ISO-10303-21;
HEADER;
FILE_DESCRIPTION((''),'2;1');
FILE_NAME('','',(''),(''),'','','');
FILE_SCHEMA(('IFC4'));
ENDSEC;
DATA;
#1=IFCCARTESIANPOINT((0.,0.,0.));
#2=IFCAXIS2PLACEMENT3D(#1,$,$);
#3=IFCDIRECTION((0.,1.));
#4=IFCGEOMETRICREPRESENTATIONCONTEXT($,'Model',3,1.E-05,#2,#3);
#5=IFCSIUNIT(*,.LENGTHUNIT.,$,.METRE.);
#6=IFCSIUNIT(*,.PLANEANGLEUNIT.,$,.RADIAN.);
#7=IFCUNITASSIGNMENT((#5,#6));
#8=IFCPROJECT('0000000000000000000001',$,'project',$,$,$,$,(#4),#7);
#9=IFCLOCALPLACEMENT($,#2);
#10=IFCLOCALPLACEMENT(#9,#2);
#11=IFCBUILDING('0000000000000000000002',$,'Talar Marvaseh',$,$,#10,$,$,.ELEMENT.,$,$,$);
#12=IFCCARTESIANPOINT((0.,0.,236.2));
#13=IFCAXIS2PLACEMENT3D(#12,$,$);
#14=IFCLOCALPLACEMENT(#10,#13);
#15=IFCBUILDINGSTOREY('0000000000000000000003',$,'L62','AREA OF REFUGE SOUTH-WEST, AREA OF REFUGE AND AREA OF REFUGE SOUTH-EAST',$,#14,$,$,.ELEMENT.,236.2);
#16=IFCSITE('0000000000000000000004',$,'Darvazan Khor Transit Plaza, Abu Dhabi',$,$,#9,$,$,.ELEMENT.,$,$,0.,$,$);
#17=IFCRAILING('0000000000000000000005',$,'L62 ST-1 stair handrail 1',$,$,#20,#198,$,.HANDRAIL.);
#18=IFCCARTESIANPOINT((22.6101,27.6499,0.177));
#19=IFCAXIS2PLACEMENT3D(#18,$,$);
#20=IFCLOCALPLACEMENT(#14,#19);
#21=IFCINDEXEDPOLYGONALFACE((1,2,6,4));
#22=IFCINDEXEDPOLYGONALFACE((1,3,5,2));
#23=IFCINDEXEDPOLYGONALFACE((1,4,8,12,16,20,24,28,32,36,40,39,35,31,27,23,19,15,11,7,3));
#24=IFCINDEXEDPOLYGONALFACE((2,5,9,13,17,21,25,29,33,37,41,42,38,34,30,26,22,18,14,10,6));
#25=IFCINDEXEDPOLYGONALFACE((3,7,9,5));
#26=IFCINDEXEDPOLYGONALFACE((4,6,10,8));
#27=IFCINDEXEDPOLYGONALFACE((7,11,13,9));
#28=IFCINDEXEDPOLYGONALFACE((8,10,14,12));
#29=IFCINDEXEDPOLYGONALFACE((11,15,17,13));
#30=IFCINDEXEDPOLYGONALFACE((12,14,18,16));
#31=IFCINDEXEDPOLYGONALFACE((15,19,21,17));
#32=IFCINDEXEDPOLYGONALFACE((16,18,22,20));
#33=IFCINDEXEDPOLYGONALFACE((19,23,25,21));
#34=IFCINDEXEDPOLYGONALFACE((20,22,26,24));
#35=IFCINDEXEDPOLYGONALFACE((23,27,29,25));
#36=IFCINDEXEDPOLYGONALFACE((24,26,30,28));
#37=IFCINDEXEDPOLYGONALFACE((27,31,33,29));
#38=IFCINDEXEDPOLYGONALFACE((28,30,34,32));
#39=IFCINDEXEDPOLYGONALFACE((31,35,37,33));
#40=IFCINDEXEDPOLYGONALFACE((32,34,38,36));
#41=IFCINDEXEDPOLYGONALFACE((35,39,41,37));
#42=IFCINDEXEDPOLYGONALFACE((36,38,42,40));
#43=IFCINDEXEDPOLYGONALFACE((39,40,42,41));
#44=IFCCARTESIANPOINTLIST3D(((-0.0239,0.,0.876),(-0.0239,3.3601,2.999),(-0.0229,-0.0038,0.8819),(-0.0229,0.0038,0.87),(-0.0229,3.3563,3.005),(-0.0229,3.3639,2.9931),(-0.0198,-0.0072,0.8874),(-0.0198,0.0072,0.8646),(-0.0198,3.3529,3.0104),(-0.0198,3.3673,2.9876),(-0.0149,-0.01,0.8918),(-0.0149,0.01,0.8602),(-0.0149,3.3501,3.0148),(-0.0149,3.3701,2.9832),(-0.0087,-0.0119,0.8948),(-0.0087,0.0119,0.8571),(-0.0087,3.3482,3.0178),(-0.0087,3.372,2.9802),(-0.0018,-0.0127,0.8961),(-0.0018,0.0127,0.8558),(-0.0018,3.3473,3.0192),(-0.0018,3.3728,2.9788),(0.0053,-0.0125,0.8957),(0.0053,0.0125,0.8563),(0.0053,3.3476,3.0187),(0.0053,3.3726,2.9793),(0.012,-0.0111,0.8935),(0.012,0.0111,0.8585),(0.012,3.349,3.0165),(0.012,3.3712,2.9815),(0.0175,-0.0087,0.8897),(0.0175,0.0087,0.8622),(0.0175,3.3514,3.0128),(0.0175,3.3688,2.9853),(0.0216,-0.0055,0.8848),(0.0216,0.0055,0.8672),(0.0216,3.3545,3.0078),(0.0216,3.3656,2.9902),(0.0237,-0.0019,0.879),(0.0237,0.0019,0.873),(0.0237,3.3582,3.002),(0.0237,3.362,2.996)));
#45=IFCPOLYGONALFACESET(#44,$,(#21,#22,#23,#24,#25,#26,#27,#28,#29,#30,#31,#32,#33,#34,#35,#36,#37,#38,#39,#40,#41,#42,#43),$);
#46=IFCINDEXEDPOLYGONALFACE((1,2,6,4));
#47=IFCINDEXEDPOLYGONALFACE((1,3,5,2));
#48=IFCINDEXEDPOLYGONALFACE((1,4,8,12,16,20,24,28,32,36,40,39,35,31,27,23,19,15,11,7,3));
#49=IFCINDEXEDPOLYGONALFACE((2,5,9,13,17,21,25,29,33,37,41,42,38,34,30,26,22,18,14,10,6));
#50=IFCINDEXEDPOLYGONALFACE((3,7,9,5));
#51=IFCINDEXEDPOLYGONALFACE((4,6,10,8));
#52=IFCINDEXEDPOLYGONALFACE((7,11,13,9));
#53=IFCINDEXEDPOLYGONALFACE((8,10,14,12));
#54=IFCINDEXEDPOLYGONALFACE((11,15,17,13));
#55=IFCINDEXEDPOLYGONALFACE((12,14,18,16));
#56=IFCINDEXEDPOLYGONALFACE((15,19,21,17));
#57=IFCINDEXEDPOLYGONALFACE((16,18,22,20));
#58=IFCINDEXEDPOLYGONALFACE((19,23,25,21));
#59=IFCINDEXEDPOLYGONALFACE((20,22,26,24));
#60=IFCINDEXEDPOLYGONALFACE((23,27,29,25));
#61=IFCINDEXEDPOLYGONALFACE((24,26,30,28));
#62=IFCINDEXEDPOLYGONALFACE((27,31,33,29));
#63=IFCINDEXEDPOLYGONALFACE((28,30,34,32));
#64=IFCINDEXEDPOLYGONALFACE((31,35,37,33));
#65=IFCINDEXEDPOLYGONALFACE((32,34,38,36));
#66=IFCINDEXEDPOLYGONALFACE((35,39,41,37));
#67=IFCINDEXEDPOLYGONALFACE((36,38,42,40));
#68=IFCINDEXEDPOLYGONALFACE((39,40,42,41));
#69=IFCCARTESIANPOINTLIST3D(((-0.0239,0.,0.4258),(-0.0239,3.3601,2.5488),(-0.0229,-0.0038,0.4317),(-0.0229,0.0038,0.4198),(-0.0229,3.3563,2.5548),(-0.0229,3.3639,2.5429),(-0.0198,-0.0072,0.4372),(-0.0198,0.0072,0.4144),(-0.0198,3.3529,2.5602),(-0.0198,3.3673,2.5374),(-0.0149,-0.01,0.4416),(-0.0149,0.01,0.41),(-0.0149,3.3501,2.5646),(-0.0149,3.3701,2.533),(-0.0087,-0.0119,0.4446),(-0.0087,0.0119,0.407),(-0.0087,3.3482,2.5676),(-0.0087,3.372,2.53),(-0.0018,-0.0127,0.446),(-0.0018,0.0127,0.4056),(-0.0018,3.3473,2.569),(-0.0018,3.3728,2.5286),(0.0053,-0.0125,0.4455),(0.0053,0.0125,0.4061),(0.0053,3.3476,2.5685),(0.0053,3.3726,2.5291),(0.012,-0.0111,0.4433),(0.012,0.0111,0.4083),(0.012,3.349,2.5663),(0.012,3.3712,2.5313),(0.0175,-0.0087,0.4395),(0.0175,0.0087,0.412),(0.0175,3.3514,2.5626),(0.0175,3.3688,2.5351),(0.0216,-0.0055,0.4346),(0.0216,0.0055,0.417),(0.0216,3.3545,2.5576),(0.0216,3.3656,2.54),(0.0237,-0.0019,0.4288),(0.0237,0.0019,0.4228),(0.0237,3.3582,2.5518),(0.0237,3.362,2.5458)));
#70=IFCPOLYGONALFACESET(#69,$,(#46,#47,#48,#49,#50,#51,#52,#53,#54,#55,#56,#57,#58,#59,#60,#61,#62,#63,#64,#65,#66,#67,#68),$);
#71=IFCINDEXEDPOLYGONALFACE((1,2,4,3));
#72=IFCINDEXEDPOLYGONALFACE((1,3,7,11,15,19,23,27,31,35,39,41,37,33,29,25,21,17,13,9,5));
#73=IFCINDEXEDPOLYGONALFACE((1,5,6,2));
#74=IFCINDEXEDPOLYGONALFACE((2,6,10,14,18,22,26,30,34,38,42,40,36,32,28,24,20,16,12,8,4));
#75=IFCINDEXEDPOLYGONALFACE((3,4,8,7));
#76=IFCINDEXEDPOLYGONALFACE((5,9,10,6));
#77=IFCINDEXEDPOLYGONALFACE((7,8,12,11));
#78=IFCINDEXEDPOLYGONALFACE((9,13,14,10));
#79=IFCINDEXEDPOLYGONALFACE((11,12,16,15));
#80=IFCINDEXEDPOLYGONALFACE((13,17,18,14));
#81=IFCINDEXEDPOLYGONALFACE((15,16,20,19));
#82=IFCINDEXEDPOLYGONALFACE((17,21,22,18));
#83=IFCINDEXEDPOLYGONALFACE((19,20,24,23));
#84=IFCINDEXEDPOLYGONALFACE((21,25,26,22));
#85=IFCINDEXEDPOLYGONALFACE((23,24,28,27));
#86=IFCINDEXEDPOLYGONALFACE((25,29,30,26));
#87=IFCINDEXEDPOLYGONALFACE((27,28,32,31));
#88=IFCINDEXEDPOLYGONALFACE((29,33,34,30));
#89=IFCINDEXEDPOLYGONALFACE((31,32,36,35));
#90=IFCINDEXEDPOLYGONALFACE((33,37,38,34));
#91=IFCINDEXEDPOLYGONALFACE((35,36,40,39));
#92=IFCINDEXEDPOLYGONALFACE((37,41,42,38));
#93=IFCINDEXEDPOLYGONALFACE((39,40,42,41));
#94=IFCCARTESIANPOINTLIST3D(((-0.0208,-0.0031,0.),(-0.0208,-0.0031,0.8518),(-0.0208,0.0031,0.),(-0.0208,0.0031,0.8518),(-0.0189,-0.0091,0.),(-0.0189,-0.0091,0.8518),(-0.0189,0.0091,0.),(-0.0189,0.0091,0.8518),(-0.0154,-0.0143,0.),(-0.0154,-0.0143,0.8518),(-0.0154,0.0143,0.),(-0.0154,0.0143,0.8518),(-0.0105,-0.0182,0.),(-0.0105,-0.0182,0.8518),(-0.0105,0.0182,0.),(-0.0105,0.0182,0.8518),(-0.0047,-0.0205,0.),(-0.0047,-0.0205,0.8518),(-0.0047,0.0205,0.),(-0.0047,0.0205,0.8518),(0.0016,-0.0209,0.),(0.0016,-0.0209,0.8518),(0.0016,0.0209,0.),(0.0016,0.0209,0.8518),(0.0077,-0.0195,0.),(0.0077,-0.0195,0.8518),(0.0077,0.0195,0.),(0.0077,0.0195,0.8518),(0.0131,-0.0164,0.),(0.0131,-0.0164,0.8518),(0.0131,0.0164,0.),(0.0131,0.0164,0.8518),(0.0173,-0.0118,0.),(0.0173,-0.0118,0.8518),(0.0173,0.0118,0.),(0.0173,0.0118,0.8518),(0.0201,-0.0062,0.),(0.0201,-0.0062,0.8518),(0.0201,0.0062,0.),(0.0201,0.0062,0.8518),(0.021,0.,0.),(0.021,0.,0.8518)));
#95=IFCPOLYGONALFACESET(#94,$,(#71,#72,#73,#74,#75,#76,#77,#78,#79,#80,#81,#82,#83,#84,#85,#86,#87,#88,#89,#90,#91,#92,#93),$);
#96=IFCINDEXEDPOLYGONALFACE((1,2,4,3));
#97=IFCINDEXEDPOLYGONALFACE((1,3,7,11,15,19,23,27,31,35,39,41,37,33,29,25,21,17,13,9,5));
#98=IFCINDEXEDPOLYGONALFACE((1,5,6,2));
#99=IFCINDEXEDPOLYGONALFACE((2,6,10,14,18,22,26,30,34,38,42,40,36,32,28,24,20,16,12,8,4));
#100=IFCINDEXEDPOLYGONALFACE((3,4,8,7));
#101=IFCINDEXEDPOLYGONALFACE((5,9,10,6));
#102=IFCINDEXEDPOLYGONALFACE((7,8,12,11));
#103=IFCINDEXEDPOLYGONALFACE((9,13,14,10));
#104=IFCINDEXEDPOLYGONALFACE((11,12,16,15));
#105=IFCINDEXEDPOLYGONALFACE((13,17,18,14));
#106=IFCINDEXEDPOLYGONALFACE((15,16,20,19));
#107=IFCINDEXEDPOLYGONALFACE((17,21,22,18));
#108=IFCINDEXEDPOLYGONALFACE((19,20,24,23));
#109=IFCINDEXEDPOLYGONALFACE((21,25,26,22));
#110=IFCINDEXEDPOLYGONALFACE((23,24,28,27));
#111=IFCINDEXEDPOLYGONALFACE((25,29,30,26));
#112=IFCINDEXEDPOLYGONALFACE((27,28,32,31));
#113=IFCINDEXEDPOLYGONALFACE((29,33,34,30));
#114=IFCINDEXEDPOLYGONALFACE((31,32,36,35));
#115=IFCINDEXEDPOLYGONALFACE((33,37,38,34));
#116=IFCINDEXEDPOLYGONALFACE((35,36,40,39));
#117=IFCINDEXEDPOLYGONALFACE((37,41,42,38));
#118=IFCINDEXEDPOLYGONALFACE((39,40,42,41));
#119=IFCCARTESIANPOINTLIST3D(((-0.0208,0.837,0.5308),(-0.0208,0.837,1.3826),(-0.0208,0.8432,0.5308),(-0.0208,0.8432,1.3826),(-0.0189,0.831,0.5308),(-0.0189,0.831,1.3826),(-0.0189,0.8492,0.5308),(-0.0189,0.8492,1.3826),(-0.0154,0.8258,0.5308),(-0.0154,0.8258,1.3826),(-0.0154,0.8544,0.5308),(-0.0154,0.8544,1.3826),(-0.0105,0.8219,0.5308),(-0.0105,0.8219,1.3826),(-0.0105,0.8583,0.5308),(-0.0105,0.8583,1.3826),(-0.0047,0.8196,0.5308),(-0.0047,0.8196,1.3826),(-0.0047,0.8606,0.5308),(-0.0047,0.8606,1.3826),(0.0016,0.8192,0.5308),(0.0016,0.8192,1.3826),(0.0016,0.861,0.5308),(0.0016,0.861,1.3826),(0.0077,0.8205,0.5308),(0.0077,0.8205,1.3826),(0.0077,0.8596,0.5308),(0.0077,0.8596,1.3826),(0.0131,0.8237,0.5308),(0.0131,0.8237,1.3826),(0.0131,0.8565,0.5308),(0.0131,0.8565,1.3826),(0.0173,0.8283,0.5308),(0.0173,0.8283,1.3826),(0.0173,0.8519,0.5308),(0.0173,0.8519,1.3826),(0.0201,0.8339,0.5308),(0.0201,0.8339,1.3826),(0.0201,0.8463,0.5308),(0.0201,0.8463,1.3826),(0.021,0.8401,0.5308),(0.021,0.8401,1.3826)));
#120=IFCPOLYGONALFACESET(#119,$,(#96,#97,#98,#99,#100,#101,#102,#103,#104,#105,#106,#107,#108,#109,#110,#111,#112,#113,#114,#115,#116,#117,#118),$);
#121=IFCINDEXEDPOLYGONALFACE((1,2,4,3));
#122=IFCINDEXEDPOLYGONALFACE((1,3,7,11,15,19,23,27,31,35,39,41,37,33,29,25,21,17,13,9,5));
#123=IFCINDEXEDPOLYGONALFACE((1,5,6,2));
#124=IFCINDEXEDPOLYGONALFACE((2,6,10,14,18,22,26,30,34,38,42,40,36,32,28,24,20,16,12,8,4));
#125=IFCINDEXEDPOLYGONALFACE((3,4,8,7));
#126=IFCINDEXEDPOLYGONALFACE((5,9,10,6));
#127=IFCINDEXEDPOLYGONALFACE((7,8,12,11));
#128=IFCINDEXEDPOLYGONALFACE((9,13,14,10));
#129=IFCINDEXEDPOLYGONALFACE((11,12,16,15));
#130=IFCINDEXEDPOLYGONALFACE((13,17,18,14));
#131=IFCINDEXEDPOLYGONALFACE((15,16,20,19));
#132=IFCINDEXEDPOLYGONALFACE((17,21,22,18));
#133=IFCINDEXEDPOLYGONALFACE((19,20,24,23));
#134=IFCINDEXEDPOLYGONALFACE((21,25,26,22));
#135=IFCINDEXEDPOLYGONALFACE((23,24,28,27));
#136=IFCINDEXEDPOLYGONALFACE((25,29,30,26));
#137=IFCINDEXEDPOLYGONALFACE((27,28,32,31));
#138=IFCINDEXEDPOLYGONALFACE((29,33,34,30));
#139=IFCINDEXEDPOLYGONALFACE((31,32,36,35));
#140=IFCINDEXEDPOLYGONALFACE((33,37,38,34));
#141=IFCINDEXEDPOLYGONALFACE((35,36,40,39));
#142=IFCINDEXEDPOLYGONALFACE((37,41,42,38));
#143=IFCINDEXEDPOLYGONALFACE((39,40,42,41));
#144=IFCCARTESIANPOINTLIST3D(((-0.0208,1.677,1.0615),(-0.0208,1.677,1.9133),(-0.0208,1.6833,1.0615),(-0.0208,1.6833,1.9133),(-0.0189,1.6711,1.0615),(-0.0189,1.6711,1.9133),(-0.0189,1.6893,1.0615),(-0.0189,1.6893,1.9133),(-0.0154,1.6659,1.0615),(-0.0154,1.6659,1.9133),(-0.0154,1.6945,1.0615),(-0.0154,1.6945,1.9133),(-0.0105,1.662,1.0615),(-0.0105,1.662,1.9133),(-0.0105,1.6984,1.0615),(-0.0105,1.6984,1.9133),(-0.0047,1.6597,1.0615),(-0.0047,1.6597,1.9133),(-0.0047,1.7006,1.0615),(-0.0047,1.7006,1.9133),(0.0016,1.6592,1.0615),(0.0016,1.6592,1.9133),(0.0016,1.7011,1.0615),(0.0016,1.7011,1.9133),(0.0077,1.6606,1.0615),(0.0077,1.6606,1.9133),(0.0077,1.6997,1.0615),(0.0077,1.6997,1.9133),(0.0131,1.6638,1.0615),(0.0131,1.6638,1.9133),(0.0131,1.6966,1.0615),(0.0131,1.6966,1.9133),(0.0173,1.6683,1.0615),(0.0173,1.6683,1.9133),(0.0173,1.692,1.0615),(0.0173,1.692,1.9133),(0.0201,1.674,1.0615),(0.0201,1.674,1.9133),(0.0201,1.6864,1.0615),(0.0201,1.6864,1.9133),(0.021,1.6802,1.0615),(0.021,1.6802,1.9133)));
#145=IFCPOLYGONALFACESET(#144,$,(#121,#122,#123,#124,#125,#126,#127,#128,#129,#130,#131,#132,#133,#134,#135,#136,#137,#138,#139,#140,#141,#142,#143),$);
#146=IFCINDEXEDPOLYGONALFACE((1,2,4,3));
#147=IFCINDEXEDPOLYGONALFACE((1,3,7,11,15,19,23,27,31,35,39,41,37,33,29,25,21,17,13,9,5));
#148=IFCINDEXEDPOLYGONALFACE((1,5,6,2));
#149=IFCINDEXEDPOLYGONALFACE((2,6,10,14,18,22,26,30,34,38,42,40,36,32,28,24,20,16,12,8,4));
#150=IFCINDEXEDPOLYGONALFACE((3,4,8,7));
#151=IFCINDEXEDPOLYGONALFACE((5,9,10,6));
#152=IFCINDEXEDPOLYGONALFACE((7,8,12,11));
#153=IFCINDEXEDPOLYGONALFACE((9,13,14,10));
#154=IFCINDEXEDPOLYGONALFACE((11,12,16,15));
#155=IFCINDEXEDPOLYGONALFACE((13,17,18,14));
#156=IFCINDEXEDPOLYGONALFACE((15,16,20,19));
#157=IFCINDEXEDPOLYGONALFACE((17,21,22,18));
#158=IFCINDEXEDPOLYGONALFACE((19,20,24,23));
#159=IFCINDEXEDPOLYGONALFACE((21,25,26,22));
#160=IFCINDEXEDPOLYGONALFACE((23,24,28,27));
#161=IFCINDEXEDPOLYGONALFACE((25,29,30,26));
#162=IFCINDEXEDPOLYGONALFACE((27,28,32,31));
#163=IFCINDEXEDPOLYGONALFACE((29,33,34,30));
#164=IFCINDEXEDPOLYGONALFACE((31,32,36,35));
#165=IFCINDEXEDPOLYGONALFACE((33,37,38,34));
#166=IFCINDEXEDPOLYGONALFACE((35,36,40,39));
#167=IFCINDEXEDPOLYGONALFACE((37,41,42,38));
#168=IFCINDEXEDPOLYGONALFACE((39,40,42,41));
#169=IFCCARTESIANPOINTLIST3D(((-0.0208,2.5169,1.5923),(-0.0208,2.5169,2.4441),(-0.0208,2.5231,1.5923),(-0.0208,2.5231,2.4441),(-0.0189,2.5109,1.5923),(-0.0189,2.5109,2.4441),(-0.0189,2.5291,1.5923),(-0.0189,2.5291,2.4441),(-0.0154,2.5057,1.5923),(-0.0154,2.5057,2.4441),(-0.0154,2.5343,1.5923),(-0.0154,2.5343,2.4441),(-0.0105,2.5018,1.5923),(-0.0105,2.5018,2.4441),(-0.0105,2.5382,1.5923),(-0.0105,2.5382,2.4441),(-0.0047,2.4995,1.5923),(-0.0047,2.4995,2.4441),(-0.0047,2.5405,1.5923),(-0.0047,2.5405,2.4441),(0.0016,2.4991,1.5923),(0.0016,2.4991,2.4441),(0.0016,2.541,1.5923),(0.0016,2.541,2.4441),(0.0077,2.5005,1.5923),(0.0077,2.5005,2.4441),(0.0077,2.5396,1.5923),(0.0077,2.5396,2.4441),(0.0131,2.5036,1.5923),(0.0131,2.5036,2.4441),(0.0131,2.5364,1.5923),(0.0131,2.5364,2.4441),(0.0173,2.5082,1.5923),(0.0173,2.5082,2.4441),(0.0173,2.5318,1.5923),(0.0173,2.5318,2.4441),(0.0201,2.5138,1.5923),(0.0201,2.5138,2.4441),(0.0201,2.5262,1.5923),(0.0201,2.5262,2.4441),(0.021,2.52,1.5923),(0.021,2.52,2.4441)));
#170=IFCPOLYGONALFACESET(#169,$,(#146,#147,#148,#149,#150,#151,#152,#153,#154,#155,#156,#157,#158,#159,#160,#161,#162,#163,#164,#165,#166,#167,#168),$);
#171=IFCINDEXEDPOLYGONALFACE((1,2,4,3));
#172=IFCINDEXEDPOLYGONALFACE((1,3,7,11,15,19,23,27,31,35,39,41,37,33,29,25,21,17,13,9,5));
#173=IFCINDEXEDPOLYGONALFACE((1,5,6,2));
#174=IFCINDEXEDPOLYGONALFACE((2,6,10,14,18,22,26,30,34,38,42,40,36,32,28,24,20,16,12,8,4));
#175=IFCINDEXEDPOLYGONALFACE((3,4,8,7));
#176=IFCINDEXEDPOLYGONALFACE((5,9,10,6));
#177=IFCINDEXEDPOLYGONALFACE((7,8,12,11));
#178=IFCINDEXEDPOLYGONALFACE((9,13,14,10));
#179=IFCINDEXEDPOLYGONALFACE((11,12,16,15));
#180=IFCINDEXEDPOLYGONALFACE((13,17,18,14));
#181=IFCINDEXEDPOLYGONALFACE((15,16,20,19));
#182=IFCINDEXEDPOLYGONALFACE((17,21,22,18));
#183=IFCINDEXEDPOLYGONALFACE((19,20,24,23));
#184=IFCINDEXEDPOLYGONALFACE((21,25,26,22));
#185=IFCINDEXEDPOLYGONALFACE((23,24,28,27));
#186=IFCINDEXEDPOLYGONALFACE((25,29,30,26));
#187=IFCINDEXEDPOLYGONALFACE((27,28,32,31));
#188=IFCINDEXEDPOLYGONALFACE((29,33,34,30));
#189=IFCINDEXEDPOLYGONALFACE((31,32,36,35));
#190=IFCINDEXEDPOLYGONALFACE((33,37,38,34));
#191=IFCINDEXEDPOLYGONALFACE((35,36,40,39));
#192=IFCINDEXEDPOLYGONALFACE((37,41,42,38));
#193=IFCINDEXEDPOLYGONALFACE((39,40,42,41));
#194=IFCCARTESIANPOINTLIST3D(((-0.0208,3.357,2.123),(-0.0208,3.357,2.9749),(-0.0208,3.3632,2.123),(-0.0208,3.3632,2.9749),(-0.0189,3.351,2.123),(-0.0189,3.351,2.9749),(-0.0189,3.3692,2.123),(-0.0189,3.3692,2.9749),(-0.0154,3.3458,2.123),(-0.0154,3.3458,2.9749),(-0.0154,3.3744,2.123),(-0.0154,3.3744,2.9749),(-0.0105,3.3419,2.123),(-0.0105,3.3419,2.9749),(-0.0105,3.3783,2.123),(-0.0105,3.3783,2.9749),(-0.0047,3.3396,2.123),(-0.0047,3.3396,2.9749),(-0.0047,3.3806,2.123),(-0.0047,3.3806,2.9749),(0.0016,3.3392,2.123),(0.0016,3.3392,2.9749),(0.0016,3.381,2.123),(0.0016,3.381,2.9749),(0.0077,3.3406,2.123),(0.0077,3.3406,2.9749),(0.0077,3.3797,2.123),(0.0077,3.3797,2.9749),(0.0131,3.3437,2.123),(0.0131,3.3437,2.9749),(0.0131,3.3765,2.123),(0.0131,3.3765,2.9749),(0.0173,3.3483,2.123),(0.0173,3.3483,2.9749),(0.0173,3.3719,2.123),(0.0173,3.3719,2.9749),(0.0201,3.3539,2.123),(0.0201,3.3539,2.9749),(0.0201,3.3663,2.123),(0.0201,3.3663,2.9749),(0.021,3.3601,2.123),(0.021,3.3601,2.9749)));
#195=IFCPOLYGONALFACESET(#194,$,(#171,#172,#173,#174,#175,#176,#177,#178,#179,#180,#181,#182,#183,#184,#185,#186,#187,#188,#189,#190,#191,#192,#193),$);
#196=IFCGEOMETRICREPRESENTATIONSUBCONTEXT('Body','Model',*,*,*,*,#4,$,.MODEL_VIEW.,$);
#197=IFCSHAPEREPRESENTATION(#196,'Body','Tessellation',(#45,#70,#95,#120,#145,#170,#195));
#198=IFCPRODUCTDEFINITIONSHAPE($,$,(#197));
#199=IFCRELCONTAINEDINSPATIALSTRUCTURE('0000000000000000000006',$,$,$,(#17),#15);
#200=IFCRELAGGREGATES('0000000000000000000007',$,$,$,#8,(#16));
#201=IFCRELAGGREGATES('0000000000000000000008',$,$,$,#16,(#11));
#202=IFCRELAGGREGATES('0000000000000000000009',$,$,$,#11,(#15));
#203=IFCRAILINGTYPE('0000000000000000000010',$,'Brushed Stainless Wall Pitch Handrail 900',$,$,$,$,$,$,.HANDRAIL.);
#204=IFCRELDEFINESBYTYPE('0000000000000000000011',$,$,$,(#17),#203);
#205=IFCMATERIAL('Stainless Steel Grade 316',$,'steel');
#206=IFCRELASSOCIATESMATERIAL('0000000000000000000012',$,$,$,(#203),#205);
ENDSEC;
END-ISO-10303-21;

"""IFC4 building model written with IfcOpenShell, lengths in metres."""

from ifc_helpers import new_model, si_unit, direction, frame, origin, origin_2d, place, context, subcontext, project, spatial, circle, extrude, material, type_object, element, save


model = new_model("IFC4")

# Units and contexts
model_context = context("Model", 3, precision=1e-05, world=origin(), true_north=direction((0.0, 1.0)))
body_context = subcontext(model_context, "Body", "Model", "MODEL_VIEW")
ifc_project = project(units=[si_unit("LENGTHUNIT", "METRE"), si_unit("PLANEANGLEUNIT", "RADIAN")], contexts=[model_context])

# Site, building, storey
site_placement = place(None, origin())
site = spatial("IfcSite", under=ifc_project, at=site_placement, Name="Darvazan Khor Transit Plaza, Abu Dhabi", CompositionType="ELEMENT", RefElevation=0.0)
building_placement = place(site_placement, origin())
building = spatial("IfcBuilding", under=site, at=building_placement, Name="Talar Marvaseh", CompositionType="ELEMENT")
storey_placement = place(building_placement, frame((0.0, 0.0, 236.2)))
storey = spatial("IfcBuildingStorey", under=building, at=storey_placement, Name="L62", Description="AREA OF REFUGE SOUTH-WEST, AREA OF REFUGE AND AREA OF REFUGE SOUTH-EAST", CompositionType="ELEMENT", Elevation=236.2)

# Shared definitions
ifc_material_1 = material(Name="Stainless Steel Grade 316", Category="steel")

# Railing
railing_type_1 = type_object("IfcRailingType", Name="Brushed Stainless Wall Pitch Handrail 900", PredefinedType="HANDRAIL", material=ifc_material_1)
railing_1_placement = place(storey_placement, frame((22.6101, 27.6499, 0.177)))
element("IfcRailing", 1, at=railing_1_placement, inside=storey, type_object=railing_type_1, Name="L62 ST-1 stair handrail 1", PredefinedType="HANDRAIL", context=body_context, shape_type="SweptSolid", body=[
    extrude(circle(Radius=0.0239, at=origin_2d()), frame((0.0, 0.0, 0.876), z_axis=(0.0, 0.84539, 0.53415), x_axis=(-1.0, 0.0, 0.0)), (0.0, 0.0, 1.0), 3.9746),
    extrude(circle(Radius=0.0239, at=origin_2d()), frame((0.0, 0.0, 0.4258), z_axis=(0.0, 0.84539, 0.53415), x_axis=(-1.0, 0.0, 0.0)), (0.0, 0.0, 1.0), 3.9746),
    extrude(circle(Radius=0.021, at=origin_2d()), origin(), (0.0, 0.0, 1.0), 0.8518),
    extrude(circle(Radius=0.021, at=origin_2d()), frame((0.0, 0.8401, 0.5308)), (0.0, 0.0, 1.0), 0.8518),
    extrude(circle(Radius=0.021, at=origin_2d()), frame((0.0, 1.6802, 1.0615)), (0.0, 0.0, 1.0), 0.8518),
    extrude(circle(Radius=0.021, at=origin_2d()), frame((0.0, 2.52, 1.5923)), (0.0, 0.0, 1.0), 0.8518),
    extrude(circle(Radius=0.021, at=origin_2d()), frame((0.0, 3.3601, 2.123)), (0.0, 0.0, 1.0), 0.8518),
])

save(model, "model.ifc")
